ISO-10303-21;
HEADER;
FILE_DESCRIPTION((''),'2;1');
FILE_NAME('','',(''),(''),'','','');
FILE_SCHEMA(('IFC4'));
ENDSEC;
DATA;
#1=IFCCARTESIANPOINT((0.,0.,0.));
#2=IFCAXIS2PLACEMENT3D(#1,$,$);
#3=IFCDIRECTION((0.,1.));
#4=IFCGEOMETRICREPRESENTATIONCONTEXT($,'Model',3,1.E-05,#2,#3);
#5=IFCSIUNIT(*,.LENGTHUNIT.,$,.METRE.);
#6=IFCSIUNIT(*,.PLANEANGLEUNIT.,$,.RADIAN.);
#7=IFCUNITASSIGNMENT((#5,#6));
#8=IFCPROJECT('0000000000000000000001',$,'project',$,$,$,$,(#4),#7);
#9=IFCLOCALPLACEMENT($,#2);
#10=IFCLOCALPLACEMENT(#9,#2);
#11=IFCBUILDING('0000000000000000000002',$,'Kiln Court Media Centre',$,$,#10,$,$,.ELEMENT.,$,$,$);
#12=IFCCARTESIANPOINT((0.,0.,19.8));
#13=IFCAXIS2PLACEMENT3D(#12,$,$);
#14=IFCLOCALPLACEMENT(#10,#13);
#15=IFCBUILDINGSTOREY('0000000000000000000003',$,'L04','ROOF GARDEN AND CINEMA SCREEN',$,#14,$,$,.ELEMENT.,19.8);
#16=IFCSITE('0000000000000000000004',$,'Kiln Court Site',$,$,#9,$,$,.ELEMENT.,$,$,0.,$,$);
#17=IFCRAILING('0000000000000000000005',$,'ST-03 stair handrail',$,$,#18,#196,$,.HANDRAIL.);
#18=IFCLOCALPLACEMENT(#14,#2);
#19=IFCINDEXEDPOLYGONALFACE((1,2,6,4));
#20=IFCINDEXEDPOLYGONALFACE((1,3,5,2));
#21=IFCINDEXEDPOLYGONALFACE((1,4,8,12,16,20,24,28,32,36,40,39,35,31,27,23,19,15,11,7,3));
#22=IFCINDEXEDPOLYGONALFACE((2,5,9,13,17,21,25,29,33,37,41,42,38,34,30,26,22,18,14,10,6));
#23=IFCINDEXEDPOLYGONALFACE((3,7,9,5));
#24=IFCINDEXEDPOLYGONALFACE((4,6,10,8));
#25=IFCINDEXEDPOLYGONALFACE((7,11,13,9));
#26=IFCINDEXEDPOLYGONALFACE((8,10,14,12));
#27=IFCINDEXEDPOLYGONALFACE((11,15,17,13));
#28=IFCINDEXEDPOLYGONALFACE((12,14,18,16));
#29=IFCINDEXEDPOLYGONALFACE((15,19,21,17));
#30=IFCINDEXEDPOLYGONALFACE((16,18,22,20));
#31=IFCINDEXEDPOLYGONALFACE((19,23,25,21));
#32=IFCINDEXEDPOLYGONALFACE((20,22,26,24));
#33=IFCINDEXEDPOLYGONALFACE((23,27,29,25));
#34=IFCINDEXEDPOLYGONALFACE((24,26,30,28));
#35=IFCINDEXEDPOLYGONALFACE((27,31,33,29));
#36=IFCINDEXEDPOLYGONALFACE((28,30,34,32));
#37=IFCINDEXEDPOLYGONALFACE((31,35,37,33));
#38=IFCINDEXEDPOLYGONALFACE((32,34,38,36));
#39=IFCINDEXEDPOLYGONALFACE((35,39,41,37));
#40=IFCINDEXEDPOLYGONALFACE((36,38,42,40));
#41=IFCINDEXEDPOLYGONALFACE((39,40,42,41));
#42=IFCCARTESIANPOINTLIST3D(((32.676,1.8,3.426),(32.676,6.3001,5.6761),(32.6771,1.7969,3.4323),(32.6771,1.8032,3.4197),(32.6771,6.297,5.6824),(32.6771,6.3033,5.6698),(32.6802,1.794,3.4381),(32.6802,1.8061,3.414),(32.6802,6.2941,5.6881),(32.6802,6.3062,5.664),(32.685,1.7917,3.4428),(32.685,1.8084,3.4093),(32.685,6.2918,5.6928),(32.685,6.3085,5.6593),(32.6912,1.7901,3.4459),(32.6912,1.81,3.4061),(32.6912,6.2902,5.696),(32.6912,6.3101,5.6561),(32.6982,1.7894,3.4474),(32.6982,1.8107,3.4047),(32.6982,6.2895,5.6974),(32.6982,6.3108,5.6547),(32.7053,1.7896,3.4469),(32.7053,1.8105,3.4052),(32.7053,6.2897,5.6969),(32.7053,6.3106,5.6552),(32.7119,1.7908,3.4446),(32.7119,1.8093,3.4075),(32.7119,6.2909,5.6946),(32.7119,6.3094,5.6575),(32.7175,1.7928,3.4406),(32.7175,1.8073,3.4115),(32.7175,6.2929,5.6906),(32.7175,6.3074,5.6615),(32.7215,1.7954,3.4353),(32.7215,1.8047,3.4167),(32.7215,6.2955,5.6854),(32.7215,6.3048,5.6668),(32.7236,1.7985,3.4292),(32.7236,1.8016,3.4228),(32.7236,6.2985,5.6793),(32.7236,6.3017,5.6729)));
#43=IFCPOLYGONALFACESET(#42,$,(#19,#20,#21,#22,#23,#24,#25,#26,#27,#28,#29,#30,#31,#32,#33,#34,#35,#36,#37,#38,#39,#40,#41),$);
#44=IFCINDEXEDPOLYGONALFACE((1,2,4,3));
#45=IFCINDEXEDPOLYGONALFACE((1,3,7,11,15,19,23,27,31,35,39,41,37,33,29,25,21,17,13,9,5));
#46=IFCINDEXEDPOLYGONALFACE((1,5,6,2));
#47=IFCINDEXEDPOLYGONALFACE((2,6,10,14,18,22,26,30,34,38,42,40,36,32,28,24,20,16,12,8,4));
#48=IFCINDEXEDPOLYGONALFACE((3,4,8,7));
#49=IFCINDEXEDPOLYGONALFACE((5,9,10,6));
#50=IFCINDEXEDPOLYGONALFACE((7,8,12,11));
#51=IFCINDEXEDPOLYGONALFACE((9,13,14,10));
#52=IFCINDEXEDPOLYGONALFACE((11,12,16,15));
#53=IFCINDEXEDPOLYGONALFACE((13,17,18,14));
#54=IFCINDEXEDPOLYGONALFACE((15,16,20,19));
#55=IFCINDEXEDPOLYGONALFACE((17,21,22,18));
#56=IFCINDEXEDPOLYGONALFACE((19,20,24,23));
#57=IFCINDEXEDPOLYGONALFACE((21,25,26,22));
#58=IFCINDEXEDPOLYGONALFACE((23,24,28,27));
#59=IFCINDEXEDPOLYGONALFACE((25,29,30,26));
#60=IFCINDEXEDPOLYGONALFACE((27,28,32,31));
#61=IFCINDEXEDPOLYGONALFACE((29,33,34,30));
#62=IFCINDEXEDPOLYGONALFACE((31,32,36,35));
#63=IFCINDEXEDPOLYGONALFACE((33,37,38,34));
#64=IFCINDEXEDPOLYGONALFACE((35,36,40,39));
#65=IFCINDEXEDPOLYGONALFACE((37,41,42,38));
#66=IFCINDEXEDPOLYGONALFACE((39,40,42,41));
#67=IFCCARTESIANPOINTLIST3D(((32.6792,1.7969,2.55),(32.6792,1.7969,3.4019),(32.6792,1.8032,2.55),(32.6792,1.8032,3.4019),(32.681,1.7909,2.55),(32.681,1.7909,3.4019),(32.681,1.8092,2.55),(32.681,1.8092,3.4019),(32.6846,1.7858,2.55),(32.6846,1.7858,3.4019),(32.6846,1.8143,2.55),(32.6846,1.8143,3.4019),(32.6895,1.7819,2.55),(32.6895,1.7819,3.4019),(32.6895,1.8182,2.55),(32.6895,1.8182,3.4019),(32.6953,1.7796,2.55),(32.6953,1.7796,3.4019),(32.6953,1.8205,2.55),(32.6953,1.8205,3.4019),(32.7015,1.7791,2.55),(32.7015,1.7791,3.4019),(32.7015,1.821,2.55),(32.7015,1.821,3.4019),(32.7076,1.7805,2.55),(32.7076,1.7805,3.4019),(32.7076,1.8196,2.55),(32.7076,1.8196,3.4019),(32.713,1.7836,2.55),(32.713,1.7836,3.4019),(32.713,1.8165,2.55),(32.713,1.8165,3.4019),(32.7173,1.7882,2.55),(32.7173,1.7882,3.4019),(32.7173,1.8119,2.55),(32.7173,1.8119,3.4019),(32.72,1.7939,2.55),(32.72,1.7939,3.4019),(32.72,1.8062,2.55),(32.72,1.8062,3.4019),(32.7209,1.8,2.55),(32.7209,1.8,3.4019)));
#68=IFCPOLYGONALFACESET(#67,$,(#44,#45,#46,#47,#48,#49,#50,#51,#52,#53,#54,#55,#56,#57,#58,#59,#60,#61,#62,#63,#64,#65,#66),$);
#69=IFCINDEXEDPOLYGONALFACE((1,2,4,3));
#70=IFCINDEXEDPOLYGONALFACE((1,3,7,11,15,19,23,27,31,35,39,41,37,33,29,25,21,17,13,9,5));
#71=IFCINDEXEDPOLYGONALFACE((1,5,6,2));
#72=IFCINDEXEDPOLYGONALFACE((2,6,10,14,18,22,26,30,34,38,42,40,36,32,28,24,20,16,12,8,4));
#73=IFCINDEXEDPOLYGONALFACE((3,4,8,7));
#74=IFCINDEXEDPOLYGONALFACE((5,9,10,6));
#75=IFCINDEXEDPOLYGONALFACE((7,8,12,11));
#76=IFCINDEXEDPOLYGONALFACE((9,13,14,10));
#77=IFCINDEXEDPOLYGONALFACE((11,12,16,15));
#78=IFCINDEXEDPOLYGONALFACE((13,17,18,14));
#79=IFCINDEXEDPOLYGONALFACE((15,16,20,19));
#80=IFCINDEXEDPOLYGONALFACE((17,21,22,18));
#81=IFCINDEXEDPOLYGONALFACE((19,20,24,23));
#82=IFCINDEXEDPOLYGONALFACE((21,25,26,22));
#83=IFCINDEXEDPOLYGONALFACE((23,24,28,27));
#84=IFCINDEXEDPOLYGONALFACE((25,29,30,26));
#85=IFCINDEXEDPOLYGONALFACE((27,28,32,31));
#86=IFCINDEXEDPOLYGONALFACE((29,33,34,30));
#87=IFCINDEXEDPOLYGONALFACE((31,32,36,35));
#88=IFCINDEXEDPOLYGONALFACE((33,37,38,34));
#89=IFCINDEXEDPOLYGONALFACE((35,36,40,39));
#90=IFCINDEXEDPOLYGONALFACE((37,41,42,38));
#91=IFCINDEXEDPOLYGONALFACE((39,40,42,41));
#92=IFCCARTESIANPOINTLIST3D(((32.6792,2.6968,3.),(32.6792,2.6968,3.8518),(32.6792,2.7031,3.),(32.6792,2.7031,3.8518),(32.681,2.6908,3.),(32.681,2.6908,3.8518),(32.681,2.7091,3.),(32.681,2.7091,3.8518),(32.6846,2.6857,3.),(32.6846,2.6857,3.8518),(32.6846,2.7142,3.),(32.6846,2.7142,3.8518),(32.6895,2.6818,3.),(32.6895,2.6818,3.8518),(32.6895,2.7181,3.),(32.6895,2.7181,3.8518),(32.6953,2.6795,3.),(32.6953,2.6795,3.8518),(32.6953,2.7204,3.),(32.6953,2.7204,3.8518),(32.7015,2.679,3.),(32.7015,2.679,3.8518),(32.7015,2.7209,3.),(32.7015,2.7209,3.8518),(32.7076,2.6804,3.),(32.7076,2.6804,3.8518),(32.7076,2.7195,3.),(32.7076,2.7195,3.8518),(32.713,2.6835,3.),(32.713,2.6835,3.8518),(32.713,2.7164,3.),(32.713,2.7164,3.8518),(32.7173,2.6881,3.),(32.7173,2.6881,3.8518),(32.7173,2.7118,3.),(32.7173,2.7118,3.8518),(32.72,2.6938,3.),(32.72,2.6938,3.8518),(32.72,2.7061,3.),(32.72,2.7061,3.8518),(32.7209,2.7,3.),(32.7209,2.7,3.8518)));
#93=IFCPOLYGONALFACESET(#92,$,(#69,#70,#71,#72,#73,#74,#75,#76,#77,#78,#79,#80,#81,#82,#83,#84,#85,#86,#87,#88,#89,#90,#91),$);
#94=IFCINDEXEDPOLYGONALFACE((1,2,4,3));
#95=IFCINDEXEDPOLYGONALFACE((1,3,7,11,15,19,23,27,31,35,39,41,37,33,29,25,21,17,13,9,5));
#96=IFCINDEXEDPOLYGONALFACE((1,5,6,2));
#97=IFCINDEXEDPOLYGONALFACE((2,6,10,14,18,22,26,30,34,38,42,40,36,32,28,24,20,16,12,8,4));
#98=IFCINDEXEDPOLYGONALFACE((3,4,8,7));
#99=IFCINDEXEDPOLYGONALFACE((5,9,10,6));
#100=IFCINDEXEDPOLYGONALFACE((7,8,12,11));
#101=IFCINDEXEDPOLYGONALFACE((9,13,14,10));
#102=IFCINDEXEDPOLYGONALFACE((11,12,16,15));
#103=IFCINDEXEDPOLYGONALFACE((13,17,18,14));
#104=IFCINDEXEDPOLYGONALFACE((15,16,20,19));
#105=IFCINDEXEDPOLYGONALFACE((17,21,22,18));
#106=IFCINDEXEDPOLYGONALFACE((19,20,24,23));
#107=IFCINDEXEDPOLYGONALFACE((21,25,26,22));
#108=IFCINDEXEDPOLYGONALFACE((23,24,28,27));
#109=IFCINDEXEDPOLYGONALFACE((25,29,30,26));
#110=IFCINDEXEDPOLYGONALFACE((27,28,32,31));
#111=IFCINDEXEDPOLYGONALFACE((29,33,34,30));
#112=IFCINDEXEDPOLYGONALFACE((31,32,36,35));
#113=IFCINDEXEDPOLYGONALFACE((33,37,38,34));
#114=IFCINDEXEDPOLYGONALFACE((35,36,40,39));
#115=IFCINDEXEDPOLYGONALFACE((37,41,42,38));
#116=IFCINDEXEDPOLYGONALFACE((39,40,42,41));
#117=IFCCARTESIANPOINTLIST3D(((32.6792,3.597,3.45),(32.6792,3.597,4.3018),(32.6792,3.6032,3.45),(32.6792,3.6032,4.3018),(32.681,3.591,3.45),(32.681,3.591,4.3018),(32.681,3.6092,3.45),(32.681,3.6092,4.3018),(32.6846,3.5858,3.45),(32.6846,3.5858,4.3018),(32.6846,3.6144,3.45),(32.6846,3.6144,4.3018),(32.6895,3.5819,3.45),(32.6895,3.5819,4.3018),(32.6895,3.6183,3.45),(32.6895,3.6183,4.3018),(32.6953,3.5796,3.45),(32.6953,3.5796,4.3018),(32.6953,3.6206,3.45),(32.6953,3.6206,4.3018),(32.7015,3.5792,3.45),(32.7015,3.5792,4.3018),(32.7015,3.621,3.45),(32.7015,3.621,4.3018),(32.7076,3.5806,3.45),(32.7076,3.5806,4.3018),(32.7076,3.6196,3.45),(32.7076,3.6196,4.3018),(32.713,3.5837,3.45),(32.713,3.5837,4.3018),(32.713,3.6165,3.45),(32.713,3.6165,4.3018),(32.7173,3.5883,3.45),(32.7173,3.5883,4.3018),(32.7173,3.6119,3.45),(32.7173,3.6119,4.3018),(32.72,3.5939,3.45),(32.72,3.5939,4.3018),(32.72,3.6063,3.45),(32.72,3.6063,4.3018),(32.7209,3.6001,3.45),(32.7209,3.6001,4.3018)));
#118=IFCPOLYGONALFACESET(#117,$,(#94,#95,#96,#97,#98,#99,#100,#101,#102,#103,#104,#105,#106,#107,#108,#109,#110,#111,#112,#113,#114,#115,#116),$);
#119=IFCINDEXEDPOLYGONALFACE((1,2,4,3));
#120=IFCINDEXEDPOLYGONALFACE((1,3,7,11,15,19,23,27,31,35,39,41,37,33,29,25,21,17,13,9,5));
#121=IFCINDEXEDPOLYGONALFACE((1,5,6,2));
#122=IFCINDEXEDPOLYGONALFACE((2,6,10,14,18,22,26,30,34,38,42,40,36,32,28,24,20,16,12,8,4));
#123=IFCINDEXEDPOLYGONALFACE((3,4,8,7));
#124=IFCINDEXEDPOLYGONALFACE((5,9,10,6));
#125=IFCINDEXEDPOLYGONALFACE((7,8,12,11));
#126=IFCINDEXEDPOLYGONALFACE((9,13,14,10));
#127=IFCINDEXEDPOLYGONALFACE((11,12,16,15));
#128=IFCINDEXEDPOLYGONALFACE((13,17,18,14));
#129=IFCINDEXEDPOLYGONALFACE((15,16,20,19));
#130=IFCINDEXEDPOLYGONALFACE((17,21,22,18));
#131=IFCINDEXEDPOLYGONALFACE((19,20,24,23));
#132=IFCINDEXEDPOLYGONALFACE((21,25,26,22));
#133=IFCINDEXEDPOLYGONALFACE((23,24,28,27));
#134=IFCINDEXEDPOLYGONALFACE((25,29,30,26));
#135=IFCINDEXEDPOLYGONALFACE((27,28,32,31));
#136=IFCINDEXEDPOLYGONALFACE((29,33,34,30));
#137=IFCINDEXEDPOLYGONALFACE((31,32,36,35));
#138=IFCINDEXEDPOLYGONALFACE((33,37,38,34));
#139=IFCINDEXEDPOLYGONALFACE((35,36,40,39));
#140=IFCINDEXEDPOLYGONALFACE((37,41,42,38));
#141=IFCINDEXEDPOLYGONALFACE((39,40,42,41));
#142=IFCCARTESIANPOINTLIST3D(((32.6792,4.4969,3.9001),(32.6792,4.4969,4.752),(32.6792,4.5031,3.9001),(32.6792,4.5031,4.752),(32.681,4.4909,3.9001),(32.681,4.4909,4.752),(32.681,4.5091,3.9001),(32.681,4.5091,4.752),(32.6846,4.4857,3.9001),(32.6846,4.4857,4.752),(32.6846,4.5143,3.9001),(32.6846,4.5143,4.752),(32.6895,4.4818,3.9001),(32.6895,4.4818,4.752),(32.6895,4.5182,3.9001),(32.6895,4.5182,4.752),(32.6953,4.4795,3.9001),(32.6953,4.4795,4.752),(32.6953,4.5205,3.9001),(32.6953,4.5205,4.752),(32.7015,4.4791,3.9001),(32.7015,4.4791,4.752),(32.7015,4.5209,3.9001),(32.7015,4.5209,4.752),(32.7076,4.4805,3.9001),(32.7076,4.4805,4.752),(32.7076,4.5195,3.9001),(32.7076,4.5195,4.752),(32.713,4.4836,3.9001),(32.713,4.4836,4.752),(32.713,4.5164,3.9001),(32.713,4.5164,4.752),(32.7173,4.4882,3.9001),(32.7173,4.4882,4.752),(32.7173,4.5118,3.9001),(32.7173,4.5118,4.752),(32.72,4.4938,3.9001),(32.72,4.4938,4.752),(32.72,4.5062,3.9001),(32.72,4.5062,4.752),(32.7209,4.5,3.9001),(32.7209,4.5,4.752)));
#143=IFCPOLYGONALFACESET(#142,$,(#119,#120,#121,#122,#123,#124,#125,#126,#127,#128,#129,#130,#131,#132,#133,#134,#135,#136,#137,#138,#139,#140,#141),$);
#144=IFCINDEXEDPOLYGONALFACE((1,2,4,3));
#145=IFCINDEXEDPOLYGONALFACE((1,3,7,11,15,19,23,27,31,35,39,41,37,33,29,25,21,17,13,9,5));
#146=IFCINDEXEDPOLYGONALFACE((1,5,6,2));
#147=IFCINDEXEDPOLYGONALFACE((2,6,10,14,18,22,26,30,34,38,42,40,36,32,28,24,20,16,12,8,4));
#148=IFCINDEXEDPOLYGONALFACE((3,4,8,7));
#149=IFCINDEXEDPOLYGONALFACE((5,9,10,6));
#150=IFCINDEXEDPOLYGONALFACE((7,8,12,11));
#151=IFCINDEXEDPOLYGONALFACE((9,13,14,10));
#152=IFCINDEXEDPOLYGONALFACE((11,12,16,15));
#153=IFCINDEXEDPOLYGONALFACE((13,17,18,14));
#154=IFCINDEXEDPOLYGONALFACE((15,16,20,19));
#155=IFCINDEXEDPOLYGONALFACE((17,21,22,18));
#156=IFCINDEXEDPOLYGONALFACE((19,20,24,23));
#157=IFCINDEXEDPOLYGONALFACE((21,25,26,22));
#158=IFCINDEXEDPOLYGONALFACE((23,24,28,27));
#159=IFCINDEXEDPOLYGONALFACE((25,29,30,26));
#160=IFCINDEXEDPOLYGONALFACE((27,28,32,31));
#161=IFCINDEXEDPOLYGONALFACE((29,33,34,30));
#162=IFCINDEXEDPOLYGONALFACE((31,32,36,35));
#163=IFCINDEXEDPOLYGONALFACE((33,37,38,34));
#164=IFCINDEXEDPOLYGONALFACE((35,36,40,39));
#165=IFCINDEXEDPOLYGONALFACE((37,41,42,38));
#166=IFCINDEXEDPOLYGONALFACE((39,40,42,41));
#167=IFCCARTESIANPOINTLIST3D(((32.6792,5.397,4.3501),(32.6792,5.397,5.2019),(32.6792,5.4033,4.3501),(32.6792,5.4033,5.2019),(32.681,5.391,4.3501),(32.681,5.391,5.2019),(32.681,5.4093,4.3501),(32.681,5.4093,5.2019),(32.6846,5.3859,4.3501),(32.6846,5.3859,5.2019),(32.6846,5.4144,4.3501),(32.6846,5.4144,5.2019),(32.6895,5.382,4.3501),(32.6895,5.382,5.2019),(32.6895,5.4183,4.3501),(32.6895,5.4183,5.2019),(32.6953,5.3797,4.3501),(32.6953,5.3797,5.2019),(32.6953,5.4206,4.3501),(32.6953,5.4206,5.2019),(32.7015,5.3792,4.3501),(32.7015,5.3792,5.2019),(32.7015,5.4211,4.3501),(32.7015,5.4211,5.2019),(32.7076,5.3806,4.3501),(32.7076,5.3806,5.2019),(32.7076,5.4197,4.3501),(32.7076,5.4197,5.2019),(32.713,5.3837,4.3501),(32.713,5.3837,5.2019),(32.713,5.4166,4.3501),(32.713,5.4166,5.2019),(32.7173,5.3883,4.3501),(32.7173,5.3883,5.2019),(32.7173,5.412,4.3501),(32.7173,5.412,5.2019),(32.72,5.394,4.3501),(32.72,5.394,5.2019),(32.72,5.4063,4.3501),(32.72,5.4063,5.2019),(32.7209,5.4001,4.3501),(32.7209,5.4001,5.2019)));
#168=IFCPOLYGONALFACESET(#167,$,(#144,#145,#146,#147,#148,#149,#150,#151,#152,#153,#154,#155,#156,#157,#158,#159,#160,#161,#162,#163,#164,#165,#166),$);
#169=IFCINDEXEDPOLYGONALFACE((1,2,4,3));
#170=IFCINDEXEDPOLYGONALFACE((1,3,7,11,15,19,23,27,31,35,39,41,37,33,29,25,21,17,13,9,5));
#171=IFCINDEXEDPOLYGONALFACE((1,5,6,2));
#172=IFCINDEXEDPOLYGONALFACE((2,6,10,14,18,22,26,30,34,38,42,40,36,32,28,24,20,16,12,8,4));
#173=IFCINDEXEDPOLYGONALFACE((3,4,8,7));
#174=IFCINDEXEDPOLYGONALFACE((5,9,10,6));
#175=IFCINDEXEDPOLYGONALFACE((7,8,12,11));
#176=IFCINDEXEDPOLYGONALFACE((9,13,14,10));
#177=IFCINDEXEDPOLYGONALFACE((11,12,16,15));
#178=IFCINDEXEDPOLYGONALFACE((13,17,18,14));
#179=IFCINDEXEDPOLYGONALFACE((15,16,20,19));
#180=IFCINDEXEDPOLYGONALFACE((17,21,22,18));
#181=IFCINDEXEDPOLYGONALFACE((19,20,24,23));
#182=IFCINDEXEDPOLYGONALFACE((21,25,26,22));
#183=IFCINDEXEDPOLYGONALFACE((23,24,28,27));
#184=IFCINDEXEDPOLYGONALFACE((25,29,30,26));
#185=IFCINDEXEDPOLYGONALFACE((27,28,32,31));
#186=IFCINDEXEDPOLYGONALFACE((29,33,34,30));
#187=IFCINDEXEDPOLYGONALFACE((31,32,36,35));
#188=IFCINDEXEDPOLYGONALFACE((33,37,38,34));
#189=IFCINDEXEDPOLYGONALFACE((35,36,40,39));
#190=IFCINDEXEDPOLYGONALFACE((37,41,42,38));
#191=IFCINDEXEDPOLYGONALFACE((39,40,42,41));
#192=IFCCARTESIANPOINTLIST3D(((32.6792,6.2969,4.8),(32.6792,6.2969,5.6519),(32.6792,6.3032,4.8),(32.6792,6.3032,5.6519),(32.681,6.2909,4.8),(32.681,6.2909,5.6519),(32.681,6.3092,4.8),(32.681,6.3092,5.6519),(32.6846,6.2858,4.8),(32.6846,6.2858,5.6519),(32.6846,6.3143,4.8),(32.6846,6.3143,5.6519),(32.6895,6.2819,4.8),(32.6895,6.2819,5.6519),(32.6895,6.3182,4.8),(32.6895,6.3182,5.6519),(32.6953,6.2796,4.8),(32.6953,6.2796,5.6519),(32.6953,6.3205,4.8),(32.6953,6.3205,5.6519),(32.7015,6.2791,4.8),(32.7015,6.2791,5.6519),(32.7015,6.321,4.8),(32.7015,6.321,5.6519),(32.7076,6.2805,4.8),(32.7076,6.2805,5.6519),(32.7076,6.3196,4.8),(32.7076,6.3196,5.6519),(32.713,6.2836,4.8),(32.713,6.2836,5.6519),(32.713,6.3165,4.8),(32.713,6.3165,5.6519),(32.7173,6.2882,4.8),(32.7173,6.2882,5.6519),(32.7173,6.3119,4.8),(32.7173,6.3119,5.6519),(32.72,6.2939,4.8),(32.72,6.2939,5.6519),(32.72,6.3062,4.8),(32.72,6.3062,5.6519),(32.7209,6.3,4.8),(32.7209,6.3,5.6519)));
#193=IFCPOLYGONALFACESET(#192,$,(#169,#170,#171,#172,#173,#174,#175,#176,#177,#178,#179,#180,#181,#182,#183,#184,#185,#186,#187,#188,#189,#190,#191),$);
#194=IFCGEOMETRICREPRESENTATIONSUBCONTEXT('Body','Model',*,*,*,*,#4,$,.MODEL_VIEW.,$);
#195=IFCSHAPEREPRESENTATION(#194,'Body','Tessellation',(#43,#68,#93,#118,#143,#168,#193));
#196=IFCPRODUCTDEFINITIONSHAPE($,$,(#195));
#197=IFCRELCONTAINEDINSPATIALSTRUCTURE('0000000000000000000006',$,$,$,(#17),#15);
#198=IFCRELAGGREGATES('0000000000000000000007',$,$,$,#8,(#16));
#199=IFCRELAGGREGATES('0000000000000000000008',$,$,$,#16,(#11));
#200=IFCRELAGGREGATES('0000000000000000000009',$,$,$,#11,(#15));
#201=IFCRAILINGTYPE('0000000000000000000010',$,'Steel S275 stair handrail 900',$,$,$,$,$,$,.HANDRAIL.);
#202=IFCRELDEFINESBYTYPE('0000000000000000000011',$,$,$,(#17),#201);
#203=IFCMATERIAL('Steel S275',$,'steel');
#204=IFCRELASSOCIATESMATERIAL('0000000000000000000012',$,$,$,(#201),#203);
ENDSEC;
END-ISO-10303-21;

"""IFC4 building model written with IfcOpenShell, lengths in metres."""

from ifc_helpers import new_model, si_unit, direction, frame, origin, origin_2d, place, context, subcontext, project, spatial, circle, extrude, material, type_object, element, save


model = new_model("IFC4")

# Units and contexts
model_context = context("Model", 3, precision=1e-05, world=origin(), true_north=direction((0.0, 1.0)))
body_context = subcontext(model_context, "Body", "Model", "MODEL_VIEW")
ifc_project = project(units=[si_unit("LENGTHUNIT", "METRE"), si_unit("PLANEANGLEUNIT", "RADIAN")], contexts=[model_context])

# Site, building, storey
site_placement = place(None, origin())
site = spatial("IfcSite", under=ifc_project, at=site_placement, Name="Kiln Court Site", CompositionType="ELEMENT", RefElevation=0.0)
building_placement = place(site_placement, origin())
building = spatial("IfcBuilding", under=site, at=building_placement, Name="Kiln Court Media Centre", CompositionType="ELEMENT")
storey_placement = place(building_placement, frame((0.0, 0.0, 19.8)))
storey = spatial("IfcBuildingStorey", under=building, at=storey_placement, Name="L04", Description="ROOF GARDEN AND CINEMA SCREEN", CompositionType="ELEMENT", Elevation=19.8)

# Railing
ifc_material_1 = material(Name="Steel S275", Category="steel")
railing_type_1 = type_object("IfcRailingType", Name="Steel S275 stair handrail 900", PredefinedType="HANDRAIL", material=ifc_material_1)
railing_1_placement = place(storey_placement, frame((32.7, 1.8, 2.55)))
element("IfcRailing", 1, at=railing_1_placement, inside=storey, type_object=railing_type_1, Name="ST-03 stair handrail", PredefinedType="HANDRAIL", context=body_context, shape_type="SweptSolid", body=[
    extrude(circle(Radius=0.0239, at=origin_2d()), frame((0.0, 0.0, 0.876), z_axis=(0.0, 0.894427, 0.447214), x_axis=(-1.0, 0.0, 0.0)), (0.0, 0.0, 1.0), 5.0312),
    extrude(circle(Radius=0.021, at=origin_2d()), origin(), (0.0, 0.0, 1.0), 0.8518),
    extrude(circle(Radius=0.021, at=origin_2d()), frame((0.0, 0.8999, 0.45)), (0.0, 0.0, 1.0), 0.8518),
    extrude(circle(Radius=0.021, at=origin_2d()), frame((0.0, 1.8, 0.8999)), (0.0, 0.0, 1.0), 0.8518),
    extrude(circle(Radius=0.021, at=origin_2d()), frame((0.0, 2.7, 1.3501)), (0.0, 0.0, 1.0), 0.8518),
    extrude(circle(Radius=0.021, at=origin_2d()), frame((0.0, 3.6001, 1.8)), (0.0, 0.0, 1.0), 0.8518),
    extrude(circle(Radius=0.021, at=origin_2d()), frame((0.0, 4.5, 2.25)), (0.0, 0.0, 1.0), 0.8518),
])

save(model, "model.ifc")
